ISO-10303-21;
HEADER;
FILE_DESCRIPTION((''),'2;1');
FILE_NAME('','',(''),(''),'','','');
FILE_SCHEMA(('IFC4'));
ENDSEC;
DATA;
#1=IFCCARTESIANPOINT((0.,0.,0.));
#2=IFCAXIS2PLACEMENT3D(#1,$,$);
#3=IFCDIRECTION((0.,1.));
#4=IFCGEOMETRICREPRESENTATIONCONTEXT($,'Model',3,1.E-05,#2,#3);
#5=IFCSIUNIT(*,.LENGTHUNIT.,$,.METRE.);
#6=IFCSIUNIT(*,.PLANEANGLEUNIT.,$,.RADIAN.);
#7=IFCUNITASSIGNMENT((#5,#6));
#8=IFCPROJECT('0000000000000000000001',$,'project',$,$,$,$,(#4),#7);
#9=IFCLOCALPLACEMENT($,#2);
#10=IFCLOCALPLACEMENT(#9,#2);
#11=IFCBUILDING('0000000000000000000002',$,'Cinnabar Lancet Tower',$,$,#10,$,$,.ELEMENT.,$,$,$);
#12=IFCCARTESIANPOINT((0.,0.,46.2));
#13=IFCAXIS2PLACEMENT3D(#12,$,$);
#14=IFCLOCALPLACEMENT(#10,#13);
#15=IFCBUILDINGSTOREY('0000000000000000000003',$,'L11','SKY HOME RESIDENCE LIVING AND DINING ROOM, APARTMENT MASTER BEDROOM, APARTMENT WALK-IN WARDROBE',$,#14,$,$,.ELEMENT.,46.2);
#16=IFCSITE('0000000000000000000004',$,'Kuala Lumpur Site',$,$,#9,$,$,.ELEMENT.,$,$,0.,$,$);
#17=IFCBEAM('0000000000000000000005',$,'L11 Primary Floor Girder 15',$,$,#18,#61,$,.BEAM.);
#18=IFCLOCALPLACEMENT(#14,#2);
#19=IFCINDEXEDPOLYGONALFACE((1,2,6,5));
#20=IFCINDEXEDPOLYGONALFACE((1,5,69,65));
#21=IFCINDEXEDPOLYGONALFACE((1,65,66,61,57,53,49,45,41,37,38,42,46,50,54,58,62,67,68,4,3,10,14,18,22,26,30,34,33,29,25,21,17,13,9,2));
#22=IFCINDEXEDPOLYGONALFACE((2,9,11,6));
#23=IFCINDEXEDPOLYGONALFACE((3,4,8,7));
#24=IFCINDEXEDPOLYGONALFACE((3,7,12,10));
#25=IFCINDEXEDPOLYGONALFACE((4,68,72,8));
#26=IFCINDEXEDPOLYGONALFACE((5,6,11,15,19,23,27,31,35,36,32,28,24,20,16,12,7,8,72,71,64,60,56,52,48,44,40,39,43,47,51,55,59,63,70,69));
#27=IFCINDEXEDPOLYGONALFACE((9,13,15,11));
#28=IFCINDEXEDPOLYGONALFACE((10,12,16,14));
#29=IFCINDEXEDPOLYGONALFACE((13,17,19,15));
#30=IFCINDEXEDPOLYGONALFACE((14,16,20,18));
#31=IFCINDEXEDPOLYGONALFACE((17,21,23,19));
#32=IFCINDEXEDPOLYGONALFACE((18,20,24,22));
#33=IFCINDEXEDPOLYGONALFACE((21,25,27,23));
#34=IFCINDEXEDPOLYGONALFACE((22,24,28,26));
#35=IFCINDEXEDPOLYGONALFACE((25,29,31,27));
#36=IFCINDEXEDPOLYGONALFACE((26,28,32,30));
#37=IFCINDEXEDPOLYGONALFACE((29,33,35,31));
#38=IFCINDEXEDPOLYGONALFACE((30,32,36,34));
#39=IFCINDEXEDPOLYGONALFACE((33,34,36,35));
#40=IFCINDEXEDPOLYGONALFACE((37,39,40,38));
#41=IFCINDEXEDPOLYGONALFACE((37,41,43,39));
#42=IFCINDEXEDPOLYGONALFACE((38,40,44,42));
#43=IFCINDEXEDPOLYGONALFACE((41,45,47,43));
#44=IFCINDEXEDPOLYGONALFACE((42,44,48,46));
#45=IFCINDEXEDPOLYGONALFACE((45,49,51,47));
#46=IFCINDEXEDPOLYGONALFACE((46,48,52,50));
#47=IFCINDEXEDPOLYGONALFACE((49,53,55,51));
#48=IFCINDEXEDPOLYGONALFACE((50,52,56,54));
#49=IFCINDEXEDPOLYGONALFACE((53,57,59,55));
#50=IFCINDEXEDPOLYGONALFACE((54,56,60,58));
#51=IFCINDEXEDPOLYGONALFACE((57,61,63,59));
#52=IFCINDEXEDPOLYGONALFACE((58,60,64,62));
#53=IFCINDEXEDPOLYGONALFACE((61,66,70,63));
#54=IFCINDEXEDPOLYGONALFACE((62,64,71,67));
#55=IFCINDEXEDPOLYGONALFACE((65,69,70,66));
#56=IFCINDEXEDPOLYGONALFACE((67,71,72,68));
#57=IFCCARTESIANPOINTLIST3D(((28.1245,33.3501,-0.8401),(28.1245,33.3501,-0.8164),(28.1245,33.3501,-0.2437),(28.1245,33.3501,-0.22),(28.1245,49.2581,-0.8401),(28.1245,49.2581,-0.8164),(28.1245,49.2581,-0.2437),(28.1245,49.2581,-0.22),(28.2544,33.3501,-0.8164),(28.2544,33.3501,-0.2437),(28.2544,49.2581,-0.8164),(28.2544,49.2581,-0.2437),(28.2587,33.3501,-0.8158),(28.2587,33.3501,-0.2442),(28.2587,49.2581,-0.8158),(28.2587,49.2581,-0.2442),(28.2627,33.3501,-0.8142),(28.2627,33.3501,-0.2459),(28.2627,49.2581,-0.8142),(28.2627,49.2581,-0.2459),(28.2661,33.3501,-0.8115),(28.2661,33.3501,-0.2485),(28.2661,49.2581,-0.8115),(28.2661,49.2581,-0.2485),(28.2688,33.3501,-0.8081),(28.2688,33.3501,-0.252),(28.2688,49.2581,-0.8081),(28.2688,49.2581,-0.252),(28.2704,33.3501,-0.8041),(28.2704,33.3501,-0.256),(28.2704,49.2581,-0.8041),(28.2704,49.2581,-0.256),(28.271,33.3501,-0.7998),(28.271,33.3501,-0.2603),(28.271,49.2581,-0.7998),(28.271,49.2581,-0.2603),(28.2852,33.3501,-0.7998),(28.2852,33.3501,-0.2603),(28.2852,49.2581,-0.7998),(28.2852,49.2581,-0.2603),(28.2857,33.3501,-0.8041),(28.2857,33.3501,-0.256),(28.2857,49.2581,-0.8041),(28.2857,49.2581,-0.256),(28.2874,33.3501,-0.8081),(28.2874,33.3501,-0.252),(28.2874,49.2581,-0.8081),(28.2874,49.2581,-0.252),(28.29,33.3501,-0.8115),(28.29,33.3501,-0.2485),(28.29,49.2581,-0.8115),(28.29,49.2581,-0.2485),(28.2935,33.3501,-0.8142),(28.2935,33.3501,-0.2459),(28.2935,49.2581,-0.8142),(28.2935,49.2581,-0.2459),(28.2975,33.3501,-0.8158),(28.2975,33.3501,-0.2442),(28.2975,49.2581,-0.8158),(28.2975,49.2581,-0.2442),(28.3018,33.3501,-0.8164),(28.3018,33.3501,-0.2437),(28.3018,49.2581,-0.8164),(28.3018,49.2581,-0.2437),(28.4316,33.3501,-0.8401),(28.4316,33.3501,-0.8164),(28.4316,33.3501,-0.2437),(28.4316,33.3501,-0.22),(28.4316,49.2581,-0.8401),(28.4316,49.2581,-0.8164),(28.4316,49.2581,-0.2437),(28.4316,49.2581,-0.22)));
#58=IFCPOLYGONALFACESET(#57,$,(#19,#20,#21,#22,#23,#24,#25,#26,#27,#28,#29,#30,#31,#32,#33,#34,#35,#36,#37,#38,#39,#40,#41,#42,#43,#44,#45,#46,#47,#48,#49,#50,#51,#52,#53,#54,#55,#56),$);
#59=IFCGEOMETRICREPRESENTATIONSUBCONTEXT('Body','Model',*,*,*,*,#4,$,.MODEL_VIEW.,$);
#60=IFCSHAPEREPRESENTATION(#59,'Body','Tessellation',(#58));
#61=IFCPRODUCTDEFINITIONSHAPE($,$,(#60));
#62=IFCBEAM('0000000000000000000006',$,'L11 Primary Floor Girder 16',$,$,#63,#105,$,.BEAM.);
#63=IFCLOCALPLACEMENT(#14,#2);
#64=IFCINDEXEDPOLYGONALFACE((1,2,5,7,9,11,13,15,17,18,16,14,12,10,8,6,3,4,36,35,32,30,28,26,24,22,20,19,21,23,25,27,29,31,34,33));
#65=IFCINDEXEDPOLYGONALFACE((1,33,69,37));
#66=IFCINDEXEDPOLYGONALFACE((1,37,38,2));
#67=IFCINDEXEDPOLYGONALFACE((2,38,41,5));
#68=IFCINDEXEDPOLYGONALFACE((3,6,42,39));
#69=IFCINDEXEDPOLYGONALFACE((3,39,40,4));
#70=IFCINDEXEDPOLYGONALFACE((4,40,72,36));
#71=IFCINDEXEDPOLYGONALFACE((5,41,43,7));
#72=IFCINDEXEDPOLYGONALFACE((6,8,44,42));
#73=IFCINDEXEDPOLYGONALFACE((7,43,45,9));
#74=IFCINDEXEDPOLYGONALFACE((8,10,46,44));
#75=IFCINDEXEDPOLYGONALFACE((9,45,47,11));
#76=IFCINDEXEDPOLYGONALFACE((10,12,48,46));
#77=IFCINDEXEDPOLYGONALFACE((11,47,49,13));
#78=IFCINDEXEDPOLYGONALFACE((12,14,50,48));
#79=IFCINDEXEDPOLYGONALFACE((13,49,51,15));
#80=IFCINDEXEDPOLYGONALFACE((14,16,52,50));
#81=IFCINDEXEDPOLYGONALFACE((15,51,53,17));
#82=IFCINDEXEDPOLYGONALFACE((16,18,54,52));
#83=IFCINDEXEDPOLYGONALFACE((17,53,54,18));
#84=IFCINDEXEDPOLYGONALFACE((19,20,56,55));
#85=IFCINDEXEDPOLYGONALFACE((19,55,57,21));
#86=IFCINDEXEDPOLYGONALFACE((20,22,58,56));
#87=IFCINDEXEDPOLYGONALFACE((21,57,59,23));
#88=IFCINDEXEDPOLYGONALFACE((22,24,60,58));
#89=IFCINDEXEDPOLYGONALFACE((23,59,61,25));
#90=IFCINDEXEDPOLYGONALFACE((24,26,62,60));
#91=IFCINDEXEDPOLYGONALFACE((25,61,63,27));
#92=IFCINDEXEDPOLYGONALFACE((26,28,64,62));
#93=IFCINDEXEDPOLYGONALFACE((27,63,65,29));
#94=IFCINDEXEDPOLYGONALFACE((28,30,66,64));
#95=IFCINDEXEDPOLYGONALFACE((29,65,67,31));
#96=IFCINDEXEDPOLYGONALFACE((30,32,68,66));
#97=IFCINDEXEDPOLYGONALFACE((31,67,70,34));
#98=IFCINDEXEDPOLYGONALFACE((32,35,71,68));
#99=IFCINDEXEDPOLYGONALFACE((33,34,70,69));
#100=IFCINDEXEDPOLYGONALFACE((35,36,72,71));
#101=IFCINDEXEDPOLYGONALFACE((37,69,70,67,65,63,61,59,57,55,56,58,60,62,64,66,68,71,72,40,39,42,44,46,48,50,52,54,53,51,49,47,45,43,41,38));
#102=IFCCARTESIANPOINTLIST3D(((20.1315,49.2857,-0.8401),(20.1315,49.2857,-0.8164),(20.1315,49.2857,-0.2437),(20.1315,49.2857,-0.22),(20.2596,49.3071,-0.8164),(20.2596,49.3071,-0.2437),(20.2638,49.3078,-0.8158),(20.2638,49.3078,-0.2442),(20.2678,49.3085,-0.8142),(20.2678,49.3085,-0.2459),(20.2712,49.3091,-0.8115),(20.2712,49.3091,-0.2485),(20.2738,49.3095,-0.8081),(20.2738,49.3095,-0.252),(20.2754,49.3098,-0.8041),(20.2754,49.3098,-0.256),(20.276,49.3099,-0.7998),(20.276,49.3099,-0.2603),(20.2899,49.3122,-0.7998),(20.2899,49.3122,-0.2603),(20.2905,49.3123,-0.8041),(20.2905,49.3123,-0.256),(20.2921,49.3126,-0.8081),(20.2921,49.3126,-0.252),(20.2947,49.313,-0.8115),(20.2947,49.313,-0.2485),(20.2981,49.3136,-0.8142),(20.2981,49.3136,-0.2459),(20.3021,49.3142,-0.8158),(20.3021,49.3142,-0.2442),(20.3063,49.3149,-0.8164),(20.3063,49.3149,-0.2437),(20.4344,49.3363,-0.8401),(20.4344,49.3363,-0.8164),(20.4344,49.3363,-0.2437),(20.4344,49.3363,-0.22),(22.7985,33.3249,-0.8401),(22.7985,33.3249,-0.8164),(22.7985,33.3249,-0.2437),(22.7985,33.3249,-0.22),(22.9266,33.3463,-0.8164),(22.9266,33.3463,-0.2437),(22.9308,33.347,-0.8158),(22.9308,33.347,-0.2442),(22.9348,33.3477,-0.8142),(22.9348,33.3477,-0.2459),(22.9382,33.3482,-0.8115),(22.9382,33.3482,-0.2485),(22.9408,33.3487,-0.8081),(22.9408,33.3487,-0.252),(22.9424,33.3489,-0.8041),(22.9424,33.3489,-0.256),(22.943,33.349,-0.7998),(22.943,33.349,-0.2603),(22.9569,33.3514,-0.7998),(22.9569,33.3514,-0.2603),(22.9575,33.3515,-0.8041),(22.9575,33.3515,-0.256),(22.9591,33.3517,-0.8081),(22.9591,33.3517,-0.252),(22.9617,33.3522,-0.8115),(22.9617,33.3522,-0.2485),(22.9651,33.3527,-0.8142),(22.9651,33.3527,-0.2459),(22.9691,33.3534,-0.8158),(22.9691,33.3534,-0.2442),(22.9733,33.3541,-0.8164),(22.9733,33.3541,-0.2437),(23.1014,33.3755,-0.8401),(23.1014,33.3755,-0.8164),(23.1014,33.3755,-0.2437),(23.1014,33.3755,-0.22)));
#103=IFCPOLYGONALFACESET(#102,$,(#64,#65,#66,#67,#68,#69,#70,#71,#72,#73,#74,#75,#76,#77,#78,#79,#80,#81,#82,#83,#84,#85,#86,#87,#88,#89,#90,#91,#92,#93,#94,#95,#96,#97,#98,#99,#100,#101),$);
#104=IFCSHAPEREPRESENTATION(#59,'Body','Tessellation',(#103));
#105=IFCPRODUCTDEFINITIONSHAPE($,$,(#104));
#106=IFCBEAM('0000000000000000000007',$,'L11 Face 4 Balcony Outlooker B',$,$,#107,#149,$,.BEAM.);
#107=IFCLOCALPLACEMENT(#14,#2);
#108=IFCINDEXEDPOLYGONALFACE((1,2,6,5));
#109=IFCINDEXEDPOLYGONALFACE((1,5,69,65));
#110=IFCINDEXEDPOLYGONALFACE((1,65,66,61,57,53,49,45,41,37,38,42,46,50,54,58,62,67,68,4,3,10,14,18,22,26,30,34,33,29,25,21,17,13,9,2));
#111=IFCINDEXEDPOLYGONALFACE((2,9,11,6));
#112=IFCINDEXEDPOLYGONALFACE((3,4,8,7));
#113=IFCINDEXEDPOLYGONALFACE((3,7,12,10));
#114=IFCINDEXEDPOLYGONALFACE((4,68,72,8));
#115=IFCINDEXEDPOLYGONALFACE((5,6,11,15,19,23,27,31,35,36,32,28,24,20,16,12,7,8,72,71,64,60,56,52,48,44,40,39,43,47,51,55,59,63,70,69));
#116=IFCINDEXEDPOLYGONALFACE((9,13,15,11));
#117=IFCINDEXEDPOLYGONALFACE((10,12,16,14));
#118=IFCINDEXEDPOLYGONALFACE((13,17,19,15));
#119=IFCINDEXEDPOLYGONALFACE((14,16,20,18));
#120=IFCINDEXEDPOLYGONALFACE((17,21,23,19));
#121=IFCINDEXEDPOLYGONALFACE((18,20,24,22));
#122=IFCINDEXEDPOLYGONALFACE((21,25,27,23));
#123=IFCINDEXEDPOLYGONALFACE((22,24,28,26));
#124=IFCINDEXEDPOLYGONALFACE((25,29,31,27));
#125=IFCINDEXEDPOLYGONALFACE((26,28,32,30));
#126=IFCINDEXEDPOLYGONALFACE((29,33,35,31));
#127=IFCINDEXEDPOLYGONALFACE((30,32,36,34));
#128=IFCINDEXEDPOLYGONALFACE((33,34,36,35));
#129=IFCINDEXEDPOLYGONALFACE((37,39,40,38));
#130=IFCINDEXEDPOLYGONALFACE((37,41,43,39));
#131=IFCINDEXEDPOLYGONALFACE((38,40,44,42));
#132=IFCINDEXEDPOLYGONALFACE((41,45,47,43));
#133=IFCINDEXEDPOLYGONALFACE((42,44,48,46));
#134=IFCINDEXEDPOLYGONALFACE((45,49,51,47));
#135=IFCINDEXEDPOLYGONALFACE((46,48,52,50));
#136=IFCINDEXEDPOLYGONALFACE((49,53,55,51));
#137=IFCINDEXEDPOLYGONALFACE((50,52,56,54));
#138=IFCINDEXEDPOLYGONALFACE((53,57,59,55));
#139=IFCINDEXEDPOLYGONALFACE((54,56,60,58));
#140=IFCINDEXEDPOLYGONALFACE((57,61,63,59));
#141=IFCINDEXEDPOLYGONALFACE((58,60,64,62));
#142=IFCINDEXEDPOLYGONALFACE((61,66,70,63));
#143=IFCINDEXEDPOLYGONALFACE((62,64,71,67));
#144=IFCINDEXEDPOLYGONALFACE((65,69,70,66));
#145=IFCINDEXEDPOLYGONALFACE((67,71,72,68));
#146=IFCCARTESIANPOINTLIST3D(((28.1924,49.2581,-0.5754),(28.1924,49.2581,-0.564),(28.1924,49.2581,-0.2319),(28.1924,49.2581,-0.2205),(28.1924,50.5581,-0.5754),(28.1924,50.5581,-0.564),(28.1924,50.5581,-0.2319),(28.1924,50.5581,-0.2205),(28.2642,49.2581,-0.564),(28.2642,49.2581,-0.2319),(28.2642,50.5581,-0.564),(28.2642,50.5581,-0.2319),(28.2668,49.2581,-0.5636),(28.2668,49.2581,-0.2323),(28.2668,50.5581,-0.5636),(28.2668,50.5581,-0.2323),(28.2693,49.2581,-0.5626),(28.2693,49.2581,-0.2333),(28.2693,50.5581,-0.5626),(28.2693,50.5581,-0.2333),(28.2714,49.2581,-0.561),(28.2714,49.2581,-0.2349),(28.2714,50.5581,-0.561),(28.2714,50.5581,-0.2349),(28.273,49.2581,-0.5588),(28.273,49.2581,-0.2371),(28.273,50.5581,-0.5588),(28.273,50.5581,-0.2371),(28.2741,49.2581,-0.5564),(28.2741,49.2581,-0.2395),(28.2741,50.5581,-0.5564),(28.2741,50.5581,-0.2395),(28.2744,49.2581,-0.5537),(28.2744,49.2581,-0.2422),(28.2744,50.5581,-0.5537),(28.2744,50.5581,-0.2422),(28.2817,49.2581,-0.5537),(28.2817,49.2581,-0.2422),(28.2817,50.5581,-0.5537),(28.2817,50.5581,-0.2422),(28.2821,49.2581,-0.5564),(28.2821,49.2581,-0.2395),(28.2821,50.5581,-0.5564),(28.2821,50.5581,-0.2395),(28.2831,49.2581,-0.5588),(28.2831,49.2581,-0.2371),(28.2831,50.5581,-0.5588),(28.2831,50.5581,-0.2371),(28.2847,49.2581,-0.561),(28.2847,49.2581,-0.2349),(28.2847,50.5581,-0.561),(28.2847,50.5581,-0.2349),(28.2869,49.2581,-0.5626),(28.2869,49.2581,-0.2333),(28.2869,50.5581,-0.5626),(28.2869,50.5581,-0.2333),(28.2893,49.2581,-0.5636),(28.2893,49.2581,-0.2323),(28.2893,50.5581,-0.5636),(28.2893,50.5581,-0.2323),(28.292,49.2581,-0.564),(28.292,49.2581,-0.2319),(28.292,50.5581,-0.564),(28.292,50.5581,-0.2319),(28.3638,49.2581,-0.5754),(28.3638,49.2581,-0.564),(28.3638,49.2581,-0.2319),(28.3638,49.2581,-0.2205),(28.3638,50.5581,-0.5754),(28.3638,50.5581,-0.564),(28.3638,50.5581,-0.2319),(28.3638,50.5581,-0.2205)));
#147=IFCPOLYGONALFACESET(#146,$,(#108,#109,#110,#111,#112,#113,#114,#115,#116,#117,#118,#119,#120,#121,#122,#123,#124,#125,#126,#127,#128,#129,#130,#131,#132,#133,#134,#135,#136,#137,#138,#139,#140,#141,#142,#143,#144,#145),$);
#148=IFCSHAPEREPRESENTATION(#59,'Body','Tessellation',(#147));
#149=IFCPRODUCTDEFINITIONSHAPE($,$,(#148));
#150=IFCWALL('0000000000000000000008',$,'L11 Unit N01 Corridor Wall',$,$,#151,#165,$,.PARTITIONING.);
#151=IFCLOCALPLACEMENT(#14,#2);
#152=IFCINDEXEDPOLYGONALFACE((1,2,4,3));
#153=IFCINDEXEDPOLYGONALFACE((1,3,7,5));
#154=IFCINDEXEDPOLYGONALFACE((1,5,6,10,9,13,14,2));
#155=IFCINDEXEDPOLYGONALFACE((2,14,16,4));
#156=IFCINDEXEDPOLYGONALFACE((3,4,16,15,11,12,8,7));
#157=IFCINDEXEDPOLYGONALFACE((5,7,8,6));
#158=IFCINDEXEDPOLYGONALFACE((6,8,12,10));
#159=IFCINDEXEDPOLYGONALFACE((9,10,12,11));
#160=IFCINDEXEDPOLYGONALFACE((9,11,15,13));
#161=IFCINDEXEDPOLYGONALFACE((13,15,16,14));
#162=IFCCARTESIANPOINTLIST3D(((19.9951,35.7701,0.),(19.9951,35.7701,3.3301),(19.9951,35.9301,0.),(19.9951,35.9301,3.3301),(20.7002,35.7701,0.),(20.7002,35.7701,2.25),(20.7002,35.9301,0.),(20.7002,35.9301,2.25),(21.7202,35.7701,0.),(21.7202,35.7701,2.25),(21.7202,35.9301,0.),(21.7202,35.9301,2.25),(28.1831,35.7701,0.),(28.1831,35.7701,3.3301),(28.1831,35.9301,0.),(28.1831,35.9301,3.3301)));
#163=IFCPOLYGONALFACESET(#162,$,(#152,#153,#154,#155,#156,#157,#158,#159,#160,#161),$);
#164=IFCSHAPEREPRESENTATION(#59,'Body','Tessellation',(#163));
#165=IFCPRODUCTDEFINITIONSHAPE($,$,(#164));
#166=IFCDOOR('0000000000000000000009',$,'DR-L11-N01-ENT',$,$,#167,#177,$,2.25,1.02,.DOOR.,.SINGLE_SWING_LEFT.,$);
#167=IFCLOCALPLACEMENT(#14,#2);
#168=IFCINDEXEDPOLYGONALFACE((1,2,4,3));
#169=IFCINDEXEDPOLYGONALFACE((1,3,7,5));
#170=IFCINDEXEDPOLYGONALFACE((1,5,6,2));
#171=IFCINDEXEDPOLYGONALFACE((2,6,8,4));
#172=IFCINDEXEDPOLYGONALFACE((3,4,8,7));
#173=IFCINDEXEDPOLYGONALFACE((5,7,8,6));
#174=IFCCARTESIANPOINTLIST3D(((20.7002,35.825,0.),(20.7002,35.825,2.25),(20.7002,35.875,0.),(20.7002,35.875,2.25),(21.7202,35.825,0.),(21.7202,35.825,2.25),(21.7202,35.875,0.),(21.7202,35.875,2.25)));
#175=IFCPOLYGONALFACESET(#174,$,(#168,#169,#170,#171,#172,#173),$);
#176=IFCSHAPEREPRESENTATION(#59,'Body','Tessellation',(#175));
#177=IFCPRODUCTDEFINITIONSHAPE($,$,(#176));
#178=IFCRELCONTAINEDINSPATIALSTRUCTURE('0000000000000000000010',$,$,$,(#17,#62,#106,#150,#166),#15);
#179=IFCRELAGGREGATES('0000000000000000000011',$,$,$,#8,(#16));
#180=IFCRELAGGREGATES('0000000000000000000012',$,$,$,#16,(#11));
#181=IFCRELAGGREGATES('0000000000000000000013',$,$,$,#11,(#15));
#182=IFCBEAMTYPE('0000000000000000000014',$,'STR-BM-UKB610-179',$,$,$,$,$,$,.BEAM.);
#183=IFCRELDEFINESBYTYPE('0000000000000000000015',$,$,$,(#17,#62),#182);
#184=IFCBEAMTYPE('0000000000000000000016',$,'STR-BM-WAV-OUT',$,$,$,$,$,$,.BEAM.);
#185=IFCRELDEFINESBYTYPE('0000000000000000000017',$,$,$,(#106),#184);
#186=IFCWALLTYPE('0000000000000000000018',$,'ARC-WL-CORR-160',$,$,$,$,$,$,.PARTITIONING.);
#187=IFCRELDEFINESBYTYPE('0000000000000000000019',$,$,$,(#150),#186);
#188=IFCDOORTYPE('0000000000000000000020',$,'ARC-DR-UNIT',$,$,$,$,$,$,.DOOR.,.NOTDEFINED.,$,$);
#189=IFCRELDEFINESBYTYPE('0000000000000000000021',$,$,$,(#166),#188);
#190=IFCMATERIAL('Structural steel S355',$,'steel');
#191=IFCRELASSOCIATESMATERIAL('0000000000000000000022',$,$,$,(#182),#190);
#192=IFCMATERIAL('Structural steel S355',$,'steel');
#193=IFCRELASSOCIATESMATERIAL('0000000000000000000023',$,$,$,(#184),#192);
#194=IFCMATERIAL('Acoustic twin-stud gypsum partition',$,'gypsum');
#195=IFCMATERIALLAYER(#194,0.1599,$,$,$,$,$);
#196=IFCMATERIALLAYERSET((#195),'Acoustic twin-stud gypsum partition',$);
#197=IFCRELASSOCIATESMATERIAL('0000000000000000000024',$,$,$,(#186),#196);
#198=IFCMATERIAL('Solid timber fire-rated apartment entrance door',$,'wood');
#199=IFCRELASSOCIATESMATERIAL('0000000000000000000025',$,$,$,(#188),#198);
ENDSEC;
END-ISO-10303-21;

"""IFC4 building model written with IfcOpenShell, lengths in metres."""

from ifc_helpers import new_model, si_unit, direction, frame, frame_2d, origin, origin_2d, place, context, subcontext, project, spatial, rectangle, i_section, extrude, material, layer, layer_set, material_profile, profile_set, type_object, element, fill, save


model = new_model("IFC4")

# Units and contexts
model_context = context("Model", 3, precision=1e-05, world=origin(), true_north=direction((0.0, 1.0)))
body_context = subcontext(model_context, "Body", "Model", "MODEL_VIEW")
ifc_project = project(units=[si_unit("LENGTHUNIT", "METRE"), si_unit("PLANEANGLEUNIT", "RADIAN")], contexts=[model_context])

# Site, building, storey
site_placement = place(None, origin())
site = spatial("IfcSite", under=ifc_project, at=site_placement, Name="Kuala Lumpur Site", CompositionType="ELEMENT", RefElevation=0.0)
building_placement = place(site_placement, origin())
building = spatial("IfcBuilding", under=site, at=building_placement, Name="Cinnabar Lancet Tower", CompositionType="ELEMENT")
storey_placement = place(building_placement, frame((0.0, 0.0, 46.2)))
storey = spatial("IfcBuildingStorey", under=building, at=storey_placement, Name="L11", Description="SKY HOME RESIDENCE LIVING AND DINING ROOM, APARTMENT MASTER BEDROOM, APARTMENT WALK-IN WARDROBE", CompositionType="ELEMENT", Elevation=46.2)

# Beams
ifc_material_1 = material(Name="Structural steel S355", Category="steel")
ifc_material_profile_1 = material_profile(ifc_material_1, i_section(OverallWidth=0.3071, OverallDepth=0.6201, WebThickness=0.0142, FlangeThickness=0.0237, FilletRadius=0.0166, at=origin_2d()), Name="UKB 610x305x179")
ifc_profile_set_1 = profile_set([ifc_material_profile_1], Name="Structural steel S355")
beam_type_1 = type_object("IfcBeamType", Name="STR-BM-UKB610-179", PredefinedType="BEAM", material=ifc_profile_set_1)
beam_1_placement = place(storey_placement, frame((28.2781, 49.2581, -0.53), z_axis=(0.0, -1.0, 0.0), x_axis=(1.0, 0.0, 0.0)))
element("IfcBeam", 1, at=beam_1_placement, inside=storey, type_object=beam_type_1, Name="L11 Primary Floor Girder 15", PredefinedType="BEAM", context=body_context, shape_type="SweptSolid", body=[
    extrude(i_section(OverallWidth=0.3071, OverallDepth=0.6201, WebThickness=0.0142, FlangeThickness=0.0237, FilletRadius=0.0166, at=origin_2d()), origin(), (0.0, 0.0, 1.0), 15.908),
])
beam_2_placement = place(storey_placement, frame((20.283, 49.311, -0.53), z_axis=(0.16481, -0.986325, 0.0), x_axis=(0.986325, 0.16481, 0.0)))
element("IfcBeam", 2, at=beam_2_placement, inside=storey, type_object=beam_type_1, Name="L11 Primary Floor Girder 16", PredefinedType="BEAM", context=body_context, shape_type="SweptSolid", body=[
    extrude(i_section(OverallWidth=0.3071, OverallDepth=0.6201, WebThickness=0.0142, FlangeThickness=0.0237, FilletRadius=0.0166, at=origin_2d()), origin(), (0.0, 0.0, 1.0), 16.1821),
])
ifc_material_2 = material(Name="Structural steel S355", Category="steel")
ifc_material_profile_2 = material_profile(ifc_material_2, i_section(OverallWidth=0.1714, OverallDepth=0.355, WebThickness=0.0073, FlangeThickness=0.0115, FilletRadius=0.0103, at=origin_2d()), Name="UKB 356x171x51")
ifc_profile_set_2 = profile_set([ifc_material_profile_2], Name="Structural steel S355")
beam_type_2 = type_object("IfcBeamType", Name="STR-BM-WAV-OUT", PredefinedType="BEAM", material=ifc_profile_set_2)
beam_3_placement = place(storey_placement, frame((28.2781, 49.2581, -0.3979), z_axis=(0.0, 1.0, 0.0), x_axis=(-1.0, 0.0, 0.0)))
element("IfcBeam", 3, at=beam_3_placement, inside=storey, type_object=beam_type_2, Name="L11 Face 4 Balcony Outlooker B", PredefinedType="BEAM", context=body_context, shape_type="SweptSolid", body=[
    extrude(i_section(OverallWidth=0.1714, OverallDepth=0.355, WebThickness=0.0073, FlangeThickness=0.0115, FilletRadius=0.0103, at=origin_2d()), origin(), (0.0, 0.0, 1.0), 1.3),
])

# Wall, opening, door
ifc_material_3 = material(Name="Acoustic twin-stud gypsum partition", Category="gypsum")
ifc_layer_1 = layer(ifc_material_3, 0.1599)
ifc_layer_set_1 = layer_set([ifc_layer_1], Name="Acoustic twin-stud gypsum partition")
wall_type_1 = type_object("IfcWallType", Name="ARC-WL-CORR-160", PredefinedType="PARTITIONING", material=ifc_layer_set_1)
wall_1_placement = place(storey_placement, frame((19.9951, 35.8501, 0.0), z_axis=(0.0, 0.0, 1.0), x_axis=(1.0, 0.0, 0.0)))
wall_1 = element("IfcWall", 4, at=wall_1_placement, inside=storey, type_object=wall_type_1, Name="L11 Unit N01 Corridor Wall", PredefinedType="PARTITIONING", context=body_context, shape_type="SweptSolid", body=[
    extrude(rectangle(XDim=8.188, YDim=0.1599, at=frame_2d((4.094, 0.0))), origin(), (0.0, 0.0, 1.0), 3.3301),
])
opening_1_placement = place(wall_1_placement, frame((0.7051, 0.0, 0.0)))
opening_1 = element("IfcOpeningElement", 5, at=opening_1_placement, cuts=wall_1, PredefinedType="OPENING", context=body_context, shape_type="SweptSolid", body=[
    extrude(rectangle(XDim=1.02, YDim=2.25, at=frame_2d((0.51, 1.125))), frame((0.0, 0.0898, 0.0), z_axis=(0.0, -1.0, 0.0), x_axis=(1.0, 0.0, 0.0)), (0.0, 0.0, 1.0), 0.1799),
])
ifc_material_4 = material(Name="Solid timber fire-rated apartment entrance door", Category="wood")
door_type_1 = type_object("IfcDoorType", Name="ARC-DR-UNIT", OperationType="NOTDEFINED", PredefinedType="DOOR", material=ifc_material_4)
door_1_placement = place(opening_1_placement, origin())
door_1 = element("IfcDoor", 6, at=door_1_placement, inside=storey, type_object=door_type_1, Name="DR-L11-N01-ENT", OperationType="SINGLE_SWING_LEFT", OverallHeight=2.25, OverallWidth=1.02, PredefinedType="DOOR", context=body_context, shape_type="SweptSolid", body=[
    extrude(rectangle(XDim=1.02, YDim=2.25, at=frame_2d((0.51, 1.125))), frame((0.0, 0.0249, 0.0), z_axis=(0.0, -1.0, 0.0), x_axis=(1.0, 0.0, 0.0)), (0.0, 0.0, 1.0), 0.05),
])
fill(opening_1, door_1)

save(model, "model.ifc")
